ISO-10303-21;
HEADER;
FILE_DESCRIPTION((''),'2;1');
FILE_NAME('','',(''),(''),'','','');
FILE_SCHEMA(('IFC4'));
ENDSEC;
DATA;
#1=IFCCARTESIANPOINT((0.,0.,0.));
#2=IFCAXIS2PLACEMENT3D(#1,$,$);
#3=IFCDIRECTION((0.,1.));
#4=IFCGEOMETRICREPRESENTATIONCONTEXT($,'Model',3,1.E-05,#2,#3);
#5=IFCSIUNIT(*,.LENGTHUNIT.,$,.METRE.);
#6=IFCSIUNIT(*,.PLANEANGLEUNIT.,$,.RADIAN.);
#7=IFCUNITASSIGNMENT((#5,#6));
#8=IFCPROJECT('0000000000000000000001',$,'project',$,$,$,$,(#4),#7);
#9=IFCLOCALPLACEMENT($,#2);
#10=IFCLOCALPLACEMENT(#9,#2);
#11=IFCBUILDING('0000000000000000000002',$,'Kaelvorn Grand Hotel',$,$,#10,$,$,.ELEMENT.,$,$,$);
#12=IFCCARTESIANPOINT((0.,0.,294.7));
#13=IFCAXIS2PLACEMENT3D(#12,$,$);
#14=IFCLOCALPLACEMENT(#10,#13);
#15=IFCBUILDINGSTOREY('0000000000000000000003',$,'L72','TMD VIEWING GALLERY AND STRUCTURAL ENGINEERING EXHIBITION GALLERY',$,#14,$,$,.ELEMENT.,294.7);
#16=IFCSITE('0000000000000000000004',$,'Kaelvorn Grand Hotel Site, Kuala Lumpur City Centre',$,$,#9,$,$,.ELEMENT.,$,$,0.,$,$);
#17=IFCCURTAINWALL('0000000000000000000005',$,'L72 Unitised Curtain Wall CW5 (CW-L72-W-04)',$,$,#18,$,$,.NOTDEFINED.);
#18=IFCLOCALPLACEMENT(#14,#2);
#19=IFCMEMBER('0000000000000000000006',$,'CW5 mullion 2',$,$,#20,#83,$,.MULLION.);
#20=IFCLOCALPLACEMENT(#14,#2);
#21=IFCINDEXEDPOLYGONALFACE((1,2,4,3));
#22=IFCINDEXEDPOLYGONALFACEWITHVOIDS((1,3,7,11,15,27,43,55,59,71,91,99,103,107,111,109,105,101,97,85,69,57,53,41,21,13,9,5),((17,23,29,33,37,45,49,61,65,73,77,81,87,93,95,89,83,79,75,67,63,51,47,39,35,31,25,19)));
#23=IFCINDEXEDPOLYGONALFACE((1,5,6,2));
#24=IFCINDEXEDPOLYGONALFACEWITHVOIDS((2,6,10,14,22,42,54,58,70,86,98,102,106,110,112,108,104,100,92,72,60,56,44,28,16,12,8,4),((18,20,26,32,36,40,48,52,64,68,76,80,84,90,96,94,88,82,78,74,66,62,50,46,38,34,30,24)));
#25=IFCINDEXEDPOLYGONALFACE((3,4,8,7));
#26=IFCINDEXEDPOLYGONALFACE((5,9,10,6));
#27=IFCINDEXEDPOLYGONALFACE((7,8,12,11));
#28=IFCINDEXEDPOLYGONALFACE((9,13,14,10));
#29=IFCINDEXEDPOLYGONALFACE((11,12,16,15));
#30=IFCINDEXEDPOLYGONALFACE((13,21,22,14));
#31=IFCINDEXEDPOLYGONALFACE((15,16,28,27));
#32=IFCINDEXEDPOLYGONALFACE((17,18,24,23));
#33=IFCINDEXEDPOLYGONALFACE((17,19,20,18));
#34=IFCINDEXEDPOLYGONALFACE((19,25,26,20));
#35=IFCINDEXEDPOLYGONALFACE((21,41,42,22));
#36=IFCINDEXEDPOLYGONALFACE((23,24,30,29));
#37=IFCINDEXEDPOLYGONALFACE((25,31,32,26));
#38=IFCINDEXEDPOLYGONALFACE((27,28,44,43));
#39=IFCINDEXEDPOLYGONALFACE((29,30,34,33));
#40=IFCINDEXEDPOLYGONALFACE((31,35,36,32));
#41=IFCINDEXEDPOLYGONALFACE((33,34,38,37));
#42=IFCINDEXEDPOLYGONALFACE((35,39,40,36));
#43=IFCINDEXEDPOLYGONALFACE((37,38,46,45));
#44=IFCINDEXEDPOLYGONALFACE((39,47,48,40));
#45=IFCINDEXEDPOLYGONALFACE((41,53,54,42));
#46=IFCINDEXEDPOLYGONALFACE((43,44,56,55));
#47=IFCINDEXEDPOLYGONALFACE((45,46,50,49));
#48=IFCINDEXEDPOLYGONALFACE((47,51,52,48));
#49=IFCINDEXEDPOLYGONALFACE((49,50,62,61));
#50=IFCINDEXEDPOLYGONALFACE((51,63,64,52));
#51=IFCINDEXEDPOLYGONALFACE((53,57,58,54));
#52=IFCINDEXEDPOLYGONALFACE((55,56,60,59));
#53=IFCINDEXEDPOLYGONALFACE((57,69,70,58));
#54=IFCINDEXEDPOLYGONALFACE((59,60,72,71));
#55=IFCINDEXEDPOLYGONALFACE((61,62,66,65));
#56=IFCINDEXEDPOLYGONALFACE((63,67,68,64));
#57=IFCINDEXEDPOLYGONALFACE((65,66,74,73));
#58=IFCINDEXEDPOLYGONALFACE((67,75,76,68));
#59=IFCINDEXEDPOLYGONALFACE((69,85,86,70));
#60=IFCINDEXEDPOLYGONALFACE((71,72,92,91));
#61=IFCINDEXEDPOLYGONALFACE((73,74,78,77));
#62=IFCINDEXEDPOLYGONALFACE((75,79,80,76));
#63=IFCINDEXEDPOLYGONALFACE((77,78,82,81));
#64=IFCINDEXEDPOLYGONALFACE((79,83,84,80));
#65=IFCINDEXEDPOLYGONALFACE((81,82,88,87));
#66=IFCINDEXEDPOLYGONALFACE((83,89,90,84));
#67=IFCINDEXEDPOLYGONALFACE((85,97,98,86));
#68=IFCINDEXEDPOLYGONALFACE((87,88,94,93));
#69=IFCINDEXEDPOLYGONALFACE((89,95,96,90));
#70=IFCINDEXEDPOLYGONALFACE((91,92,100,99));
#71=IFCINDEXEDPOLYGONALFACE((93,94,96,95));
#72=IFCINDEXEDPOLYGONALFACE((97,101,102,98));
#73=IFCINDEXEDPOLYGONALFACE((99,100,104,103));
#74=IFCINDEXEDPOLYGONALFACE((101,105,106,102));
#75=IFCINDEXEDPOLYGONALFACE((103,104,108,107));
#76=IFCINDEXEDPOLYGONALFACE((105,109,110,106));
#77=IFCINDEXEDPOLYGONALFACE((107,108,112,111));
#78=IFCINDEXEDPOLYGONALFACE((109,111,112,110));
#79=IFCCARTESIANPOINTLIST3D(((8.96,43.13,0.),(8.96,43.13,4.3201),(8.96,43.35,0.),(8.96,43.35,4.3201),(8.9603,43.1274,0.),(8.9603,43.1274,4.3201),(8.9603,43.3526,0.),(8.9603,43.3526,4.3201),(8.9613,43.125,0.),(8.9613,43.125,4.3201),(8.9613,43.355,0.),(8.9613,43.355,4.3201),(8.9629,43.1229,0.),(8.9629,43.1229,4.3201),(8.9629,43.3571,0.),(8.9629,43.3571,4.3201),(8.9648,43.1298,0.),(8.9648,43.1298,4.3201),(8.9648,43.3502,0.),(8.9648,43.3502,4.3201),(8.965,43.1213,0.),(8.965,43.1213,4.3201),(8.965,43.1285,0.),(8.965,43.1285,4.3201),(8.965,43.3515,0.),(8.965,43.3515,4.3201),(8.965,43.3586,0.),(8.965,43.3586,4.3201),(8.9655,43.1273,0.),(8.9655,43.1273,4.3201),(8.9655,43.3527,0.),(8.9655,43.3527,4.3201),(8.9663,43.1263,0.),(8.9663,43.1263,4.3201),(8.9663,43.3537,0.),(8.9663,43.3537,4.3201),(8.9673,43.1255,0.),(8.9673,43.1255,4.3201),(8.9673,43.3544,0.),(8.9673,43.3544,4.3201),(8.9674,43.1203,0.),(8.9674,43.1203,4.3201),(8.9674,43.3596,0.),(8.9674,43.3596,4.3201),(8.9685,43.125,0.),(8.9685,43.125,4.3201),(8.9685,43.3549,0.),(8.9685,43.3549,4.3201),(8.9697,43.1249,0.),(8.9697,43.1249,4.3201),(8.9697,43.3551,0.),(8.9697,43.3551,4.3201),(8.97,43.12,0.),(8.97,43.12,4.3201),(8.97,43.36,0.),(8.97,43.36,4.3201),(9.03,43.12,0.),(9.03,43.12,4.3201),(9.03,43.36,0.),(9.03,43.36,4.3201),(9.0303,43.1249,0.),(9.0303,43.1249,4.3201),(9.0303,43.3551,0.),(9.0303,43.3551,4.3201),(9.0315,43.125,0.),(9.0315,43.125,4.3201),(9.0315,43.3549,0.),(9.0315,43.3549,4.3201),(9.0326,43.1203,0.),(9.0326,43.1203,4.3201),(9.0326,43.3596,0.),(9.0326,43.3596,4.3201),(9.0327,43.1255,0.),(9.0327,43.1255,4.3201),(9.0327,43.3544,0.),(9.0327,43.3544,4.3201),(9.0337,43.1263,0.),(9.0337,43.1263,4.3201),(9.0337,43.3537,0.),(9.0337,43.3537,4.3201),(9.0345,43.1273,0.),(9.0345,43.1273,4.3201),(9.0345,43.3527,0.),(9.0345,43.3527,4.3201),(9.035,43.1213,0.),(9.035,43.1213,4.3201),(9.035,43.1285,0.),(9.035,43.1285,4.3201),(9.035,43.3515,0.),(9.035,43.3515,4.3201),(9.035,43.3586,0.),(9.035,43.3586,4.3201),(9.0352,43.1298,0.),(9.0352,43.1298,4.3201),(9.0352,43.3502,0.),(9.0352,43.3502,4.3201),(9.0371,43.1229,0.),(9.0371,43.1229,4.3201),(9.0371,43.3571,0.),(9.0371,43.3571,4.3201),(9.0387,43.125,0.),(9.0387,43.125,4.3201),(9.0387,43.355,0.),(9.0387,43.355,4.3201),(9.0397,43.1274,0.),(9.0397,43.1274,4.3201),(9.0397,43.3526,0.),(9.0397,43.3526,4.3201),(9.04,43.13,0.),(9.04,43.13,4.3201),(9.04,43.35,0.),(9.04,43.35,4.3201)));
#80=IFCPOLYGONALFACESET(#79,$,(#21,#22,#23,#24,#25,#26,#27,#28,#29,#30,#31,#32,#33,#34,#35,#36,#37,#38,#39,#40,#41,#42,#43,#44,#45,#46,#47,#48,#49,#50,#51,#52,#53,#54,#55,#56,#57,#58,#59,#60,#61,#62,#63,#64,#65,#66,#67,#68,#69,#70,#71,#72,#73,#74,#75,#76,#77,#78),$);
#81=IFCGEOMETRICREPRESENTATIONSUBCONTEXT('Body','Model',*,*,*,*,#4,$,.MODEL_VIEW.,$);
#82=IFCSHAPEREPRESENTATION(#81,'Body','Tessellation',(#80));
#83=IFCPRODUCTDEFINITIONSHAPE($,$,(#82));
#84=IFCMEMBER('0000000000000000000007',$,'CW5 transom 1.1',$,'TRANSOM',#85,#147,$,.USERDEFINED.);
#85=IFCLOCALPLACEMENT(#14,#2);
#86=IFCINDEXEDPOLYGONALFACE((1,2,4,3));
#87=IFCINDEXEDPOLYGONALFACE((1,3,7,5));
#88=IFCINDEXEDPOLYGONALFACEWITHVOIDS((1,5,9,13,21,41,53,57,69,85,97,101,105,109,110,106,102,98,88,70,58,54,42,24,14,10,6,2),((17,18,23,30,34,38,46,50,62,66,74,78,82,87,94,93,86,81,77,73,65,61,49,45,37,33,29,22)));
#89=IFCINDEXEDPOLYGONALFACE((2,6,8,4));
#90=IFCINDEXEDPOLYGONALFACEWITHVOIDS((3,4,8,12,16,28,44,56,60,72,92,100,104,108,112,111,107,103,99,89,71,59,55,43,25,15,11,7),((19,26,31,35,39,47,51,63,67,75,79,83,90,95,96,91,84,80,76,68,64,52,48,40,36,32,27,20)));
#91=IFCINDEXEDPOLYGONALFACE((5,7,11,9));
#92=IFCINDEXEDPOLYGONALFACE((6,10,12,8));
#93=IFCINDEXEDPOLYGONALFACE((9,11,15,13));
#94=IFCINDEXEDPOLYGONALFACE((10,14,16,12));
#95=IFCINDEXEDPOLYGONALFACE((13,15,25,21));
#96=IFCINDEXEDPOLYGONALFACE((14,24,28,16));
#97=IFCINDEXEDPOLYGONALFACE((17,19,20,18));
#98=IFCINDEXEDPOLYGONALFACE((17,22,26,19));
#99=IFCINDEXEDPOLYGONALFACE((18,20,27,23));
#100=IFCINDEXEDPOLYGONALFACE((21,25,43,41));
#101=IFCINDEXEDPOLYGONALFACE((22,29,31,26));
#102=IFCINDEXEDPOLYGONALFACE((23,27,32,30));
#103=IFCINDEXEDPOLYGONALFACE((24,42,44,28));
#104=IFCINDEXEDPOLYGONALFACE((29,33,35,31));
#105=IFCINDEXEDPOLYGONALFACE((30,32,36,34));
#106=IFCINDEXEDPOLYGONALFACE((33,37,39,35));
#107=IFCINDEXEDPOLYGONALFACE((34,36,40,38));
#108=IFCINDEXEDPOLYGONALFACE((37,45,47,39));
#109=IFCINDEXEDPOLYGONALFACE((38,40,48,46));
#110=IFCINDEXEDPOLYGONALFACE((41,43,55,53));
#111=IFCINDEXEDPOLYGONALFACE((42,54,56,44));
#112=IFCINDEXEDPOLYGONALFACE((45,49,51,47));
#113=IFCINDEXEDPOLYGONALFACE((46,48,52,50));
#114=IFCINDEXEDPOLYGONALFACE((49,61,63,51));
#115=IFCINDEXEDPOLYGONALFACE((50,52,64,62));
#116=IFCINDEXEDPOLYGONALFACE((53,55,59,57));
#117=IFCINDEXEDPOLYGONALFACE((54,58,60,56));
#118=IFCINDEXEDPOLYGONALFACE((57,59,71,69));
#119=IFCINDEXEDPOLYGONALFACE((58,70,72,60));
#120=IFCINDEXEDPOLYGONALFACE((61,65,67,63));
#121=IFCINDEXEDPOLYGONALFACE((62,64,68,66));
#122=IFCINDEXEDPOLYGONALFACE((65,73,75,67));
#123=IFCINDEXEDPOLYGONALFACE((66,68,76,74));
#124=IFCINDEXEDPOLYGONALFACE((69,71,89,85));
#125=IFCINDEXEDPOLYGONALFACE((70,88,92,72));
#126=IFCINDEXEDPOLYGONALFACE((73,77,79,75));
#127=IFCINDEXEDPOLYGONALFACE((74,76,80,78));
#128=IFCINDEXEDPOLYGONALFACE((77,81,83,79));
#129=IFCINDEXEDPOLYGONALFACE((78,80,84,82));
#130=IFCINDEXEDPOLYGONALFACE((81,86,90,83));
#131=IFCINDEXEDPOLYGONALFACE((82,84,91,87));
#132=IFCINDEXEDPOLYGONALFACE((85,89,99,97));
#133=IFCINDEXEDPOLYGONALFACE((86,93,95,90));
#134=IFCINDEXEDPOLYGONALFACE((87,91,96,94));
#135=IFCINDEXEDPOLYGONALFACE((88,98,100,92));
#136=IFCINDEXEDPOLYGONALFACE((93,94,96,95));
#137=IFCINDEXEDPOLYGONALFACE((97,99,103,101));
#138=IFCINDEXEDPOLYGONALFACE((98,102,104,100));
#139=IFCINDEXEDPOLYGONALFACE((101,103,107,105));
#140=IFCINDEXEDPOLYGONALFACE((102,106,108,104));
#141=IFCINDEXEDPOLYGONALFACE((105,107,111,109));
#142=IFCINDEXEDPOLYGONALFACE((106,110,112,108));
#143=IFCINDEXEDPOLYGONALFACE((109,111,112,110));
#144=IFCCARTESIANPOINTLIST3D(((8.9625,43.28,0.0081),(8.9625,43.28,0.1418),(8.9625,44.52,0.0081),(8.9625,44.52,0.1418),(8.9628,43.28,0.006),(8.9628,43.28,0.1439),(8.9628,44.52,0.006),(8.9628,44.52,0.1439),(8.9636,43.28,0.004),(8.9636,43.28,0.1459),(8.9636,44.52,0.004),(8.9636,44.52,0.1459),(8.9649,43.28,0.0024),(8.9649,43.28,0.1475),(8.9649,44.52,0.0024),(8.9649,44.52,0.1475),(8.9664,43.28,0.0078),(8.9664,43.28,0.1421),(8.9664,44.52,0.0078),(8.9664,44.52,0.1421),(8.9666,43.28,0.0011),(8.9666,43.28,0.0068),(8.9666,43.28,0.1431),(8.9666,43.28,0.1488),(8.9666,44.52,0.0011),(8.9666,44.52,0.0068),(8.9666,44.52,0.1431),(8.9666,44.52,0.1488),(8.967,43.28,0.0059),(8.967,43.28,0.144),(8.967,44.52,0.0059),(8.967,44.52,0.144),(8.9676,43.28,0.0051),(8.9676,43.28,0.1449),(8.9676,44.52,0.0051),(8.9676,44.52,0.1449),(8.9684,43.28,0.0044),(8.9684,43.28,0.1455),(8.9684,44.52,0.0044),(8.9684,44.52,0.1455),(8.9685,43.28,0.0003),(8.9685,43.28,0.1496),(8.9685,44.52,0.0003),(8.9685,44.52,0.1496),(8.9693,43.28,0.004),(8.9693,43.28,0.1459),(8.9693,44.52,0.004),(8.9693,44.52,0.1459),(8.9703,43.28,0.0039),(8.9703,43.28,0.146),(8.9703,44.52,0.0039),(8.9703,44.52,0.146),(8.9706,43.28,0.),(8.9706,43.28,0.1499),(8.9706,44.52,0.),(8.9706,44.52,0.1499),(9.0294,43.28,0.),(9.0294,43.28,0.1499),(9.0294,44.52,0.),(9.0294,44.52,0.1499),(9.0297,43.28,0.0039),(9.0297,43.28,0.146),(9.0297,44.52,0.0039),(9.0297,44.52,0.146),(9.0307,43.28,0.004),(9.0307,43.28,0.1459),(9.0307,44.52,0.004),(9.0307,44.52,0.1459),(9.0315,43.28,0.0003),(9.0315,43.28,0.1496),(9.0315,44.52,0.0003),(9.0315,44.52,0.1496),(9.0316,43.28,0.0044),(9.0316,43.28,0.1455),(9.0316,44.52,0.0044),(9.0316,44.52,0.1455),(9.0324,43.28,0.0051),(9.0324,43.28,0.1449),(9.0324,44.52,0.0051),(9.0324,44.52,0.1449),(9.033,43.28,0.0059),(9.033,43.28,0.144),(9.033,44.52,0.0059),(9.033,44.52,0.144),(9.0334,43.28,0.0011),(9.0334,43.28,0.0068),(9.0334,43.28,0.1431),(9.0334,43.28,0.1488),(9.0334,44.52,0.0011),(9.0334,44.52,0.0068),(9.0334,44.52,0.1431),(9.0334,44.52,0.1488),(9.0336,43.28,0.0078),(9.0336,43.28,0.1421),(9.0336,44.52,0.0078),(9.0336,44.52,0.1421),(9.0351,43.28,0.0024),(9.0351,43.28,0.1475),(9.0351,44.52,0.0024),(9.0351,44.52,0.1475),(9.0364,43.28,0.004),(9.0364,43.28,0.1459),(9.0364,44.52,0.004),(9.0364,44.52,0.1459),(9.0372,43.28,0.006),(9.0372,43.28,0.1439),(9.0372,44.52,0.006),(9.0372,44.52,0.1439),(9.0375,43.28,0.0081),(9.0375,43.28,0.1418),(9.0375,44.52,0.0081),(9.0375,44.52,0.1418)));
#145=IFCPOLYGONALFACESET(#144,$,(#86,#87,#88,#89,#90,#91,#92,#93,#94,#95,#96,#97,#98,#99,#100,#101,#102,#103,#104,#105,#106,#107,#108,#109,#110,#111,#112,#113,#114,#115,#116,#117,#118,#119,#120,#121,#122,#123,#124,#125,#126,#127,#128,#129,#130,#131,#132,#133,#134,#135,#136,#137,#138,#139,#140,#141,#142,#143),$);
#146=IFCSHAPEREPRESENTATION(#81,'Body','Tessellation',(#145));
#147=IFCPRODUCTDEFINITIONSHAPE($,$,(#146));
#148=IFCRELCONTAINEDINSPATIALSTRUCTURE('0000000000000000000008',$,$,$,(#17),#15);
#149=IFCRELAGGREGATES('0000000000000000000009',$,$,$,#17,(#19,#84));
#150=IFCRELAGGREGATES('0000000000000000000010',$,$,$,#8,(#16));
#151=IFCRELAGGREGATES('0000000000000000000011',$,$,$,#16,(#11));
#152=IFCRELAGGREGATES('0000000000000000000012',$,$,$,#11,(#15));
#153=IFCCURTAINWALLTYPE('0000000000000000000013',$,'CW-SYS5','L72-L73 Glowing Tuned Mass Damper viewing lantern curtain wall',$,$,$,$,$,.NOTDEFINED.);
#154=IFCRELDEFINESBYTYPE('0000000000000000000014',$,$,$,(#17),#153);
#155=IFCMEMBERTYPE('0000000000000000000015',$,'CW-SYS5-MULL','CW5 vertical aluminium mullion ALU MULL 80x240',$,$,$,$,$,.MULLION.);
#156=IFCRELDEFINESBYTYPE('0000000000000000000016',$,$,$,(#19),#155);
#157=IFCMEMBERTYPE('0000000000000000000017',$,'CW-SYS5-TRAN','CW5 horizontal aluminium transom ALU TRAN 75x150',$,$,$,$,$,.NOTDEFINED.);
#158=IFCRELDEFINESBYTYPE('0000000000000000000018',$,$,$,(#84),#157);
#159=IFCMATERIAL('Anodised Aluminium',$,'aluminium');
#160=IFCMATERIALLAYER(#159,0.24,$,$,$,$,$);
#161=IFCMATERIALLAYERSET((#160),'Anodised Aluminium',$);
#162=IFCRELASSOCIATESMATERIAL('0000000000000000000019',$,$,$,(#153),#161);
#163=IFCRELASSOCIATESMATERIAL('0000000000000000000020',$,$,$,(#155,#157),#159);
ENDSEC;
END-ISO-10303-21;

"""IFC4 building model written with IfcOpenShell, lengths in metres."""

from ifc_helpers import new_model, si_unit, direction, frame, origin, origin_2d, place, context, subcontext, project, spatial, hollow_rectangle, extrude, material, layer, layer_set, material_profile, profile_set, type_object, element, aggregate, save


model = new_model("IFC4")

# Units and contexts
model_context = context("Model", 3, precision=1e-05, world=origin(), true_north=direction((0.0, 1.0)))
body_context = subcontext(model_context, "Body", "Model", "MODEL_VIEW")
ifc_project = project(units=[si_unit("LENGTHUNIT", "METRE"), si_unit("PLANEANGLEUNIT", "RADIAN")], contexts=[model_context])

# Site, building, storey
site_placement = place(None, origin())
site = spatial("IfcSite", under=ifc_project, at=site_placement, Name="Kaelvorn Grand Hotel Site, Kuala Lumpur City Centre", CompositionType="ELEMENT", RefElevation=0.0)
building_placement = place(site_placement, origin())
building = spatial("IfcBuilding", under=site, at=building_placement, Name="Kaelvorn Grand Hotel", CompositionType="ELEMENT")
storey_placement = place(building_placement, frame((0.0, 0.0, 294.7)))
storey = spatial("IfcBuildingStorey", under=building, at=storey_placement, Name="L72", Description="TMD VIEWING GALLERY AND STRUCTURAL ENGINEERING EXHIBITION GALLERY", CompositionType="ELEMENT", Elevation=294.7)

# Curtain wall, members
ifc_material_1 = material(Name="Anodised Aluminium", Category="aluminium")
ifc_layer_1 = layer(ifc_material_1, 0.24)
ifc_layer_set_1 = layer_set([ifc_layer_1], Name="Anodised Aluminium")
curtain_wall_type = type_object("IfcCurtainWallType", Name="CW-SYS5", Description="L72-L73 Glowing Tuned Mass Damper viewing lantern curtain wall", PredefinedType="NOTDEFINED", material=ifc_layer_set_1)
curtain_wall_placement = place(storey_placement, origin())
curtain_wall = element("IfcCurtainWall", 1, at=curtain_wall_placement, inside=storey, type_object=curtain_wall_type, Name="L72 Unitised Curtain Wall CW5 (CW-L72-W-04)", PredefinedType="NOTDEFINED")
ifc_material_profile_1 = material_profile(ifc_material_1, hollow_rectangle(XDim=0.0801, YDim=0.24, WallThickness=0.0049, InnerFilletRadius=0.0049, OuterFilletRadius=0.01, at=origin_2d()), Name="ALU MULL 80x240")
ifc_profile_set_1 = profile_set([ifc_material_profile_1], Name="Anodised Aluminium")
member_type_1 = type_object("IfcMemberType", Name="CW-SYS5-MULL", Description="CW5 vertical aluminium mullion ALU MULL 80x240", PredefinedType="MULLION", material=ifc_profile_set_1)
member_1_placement = place(storey_placement, frame((9.0, 43.24, 0.0), z_axis=(0.0, 0.0, 1.0), x_axis=(1.0, 0.0, 0.0)))
member_1 = element("IfcMember", 2, at=member_1_placement, type_object=member_type_1, Name="CW5 mullion 2", PredefinedType="MULLION", context=body_context, shape_type="SweptSolid", body=[
    extrude(hollow_rectangle(XDim=0.0801, YDim=0.24, WallThickness=0.0049, InnerFilletRadius=0.0049, OuterFilletRadius=0.01, at=origin_2d()), origin(), (0.0, 0.0, 1.0), 4.3201),
])
ifc_material_profile_2 = material_profile(ifc_material_1, hollow_rectangle(XDim=0.075, YDim=0.1499, WallThickness=0.0039, InnerFilletRadius=0.0039, OuterFilletRadius=0.0081, at=origin_2d()), Name="ALU TRAN 75x150")
ifc_profile_set_2 = profile_set([ifc_material_profile_2], Name="Anodised Aluminium")
member_type_2 = type_object("IfcMemberType", Name="CW-SYS5-TRAN", Description="CW5 horizontal aluminium transom ALU TRAN 75x150", PredefinedType="NOTDEFINED", material=ifc_profile_set_2)
member_2_placement = place(storey_placement, frame((9.0, 44.52, 0.075), z_axis=(0.0, -1.0, 0.0), x_axis=(1.0, 0.0, 0.0)))
member_2 = element("IfcMember", 3, at=member_2_placement, type_object=member_type_2, Name="CW5 transom 1.1", ObjectType="TRANSOM", PredefinedType="USERDEFINED", context=body_context, shape_type="SweptSolid", body=[
    extrude(hollow_rectangle(XDim=0.075, YDim=0.1499, WallThickness=0.0039, InnerFilletRadius=0.0039, OuterFilletRadius=0.0081, at=origin_2d()), origin(), (0.0, 0.0, 1.0), 1.24),
])
aggregate(curtain_wall, [member_1, member_2])

save(model, "model.ifc")
